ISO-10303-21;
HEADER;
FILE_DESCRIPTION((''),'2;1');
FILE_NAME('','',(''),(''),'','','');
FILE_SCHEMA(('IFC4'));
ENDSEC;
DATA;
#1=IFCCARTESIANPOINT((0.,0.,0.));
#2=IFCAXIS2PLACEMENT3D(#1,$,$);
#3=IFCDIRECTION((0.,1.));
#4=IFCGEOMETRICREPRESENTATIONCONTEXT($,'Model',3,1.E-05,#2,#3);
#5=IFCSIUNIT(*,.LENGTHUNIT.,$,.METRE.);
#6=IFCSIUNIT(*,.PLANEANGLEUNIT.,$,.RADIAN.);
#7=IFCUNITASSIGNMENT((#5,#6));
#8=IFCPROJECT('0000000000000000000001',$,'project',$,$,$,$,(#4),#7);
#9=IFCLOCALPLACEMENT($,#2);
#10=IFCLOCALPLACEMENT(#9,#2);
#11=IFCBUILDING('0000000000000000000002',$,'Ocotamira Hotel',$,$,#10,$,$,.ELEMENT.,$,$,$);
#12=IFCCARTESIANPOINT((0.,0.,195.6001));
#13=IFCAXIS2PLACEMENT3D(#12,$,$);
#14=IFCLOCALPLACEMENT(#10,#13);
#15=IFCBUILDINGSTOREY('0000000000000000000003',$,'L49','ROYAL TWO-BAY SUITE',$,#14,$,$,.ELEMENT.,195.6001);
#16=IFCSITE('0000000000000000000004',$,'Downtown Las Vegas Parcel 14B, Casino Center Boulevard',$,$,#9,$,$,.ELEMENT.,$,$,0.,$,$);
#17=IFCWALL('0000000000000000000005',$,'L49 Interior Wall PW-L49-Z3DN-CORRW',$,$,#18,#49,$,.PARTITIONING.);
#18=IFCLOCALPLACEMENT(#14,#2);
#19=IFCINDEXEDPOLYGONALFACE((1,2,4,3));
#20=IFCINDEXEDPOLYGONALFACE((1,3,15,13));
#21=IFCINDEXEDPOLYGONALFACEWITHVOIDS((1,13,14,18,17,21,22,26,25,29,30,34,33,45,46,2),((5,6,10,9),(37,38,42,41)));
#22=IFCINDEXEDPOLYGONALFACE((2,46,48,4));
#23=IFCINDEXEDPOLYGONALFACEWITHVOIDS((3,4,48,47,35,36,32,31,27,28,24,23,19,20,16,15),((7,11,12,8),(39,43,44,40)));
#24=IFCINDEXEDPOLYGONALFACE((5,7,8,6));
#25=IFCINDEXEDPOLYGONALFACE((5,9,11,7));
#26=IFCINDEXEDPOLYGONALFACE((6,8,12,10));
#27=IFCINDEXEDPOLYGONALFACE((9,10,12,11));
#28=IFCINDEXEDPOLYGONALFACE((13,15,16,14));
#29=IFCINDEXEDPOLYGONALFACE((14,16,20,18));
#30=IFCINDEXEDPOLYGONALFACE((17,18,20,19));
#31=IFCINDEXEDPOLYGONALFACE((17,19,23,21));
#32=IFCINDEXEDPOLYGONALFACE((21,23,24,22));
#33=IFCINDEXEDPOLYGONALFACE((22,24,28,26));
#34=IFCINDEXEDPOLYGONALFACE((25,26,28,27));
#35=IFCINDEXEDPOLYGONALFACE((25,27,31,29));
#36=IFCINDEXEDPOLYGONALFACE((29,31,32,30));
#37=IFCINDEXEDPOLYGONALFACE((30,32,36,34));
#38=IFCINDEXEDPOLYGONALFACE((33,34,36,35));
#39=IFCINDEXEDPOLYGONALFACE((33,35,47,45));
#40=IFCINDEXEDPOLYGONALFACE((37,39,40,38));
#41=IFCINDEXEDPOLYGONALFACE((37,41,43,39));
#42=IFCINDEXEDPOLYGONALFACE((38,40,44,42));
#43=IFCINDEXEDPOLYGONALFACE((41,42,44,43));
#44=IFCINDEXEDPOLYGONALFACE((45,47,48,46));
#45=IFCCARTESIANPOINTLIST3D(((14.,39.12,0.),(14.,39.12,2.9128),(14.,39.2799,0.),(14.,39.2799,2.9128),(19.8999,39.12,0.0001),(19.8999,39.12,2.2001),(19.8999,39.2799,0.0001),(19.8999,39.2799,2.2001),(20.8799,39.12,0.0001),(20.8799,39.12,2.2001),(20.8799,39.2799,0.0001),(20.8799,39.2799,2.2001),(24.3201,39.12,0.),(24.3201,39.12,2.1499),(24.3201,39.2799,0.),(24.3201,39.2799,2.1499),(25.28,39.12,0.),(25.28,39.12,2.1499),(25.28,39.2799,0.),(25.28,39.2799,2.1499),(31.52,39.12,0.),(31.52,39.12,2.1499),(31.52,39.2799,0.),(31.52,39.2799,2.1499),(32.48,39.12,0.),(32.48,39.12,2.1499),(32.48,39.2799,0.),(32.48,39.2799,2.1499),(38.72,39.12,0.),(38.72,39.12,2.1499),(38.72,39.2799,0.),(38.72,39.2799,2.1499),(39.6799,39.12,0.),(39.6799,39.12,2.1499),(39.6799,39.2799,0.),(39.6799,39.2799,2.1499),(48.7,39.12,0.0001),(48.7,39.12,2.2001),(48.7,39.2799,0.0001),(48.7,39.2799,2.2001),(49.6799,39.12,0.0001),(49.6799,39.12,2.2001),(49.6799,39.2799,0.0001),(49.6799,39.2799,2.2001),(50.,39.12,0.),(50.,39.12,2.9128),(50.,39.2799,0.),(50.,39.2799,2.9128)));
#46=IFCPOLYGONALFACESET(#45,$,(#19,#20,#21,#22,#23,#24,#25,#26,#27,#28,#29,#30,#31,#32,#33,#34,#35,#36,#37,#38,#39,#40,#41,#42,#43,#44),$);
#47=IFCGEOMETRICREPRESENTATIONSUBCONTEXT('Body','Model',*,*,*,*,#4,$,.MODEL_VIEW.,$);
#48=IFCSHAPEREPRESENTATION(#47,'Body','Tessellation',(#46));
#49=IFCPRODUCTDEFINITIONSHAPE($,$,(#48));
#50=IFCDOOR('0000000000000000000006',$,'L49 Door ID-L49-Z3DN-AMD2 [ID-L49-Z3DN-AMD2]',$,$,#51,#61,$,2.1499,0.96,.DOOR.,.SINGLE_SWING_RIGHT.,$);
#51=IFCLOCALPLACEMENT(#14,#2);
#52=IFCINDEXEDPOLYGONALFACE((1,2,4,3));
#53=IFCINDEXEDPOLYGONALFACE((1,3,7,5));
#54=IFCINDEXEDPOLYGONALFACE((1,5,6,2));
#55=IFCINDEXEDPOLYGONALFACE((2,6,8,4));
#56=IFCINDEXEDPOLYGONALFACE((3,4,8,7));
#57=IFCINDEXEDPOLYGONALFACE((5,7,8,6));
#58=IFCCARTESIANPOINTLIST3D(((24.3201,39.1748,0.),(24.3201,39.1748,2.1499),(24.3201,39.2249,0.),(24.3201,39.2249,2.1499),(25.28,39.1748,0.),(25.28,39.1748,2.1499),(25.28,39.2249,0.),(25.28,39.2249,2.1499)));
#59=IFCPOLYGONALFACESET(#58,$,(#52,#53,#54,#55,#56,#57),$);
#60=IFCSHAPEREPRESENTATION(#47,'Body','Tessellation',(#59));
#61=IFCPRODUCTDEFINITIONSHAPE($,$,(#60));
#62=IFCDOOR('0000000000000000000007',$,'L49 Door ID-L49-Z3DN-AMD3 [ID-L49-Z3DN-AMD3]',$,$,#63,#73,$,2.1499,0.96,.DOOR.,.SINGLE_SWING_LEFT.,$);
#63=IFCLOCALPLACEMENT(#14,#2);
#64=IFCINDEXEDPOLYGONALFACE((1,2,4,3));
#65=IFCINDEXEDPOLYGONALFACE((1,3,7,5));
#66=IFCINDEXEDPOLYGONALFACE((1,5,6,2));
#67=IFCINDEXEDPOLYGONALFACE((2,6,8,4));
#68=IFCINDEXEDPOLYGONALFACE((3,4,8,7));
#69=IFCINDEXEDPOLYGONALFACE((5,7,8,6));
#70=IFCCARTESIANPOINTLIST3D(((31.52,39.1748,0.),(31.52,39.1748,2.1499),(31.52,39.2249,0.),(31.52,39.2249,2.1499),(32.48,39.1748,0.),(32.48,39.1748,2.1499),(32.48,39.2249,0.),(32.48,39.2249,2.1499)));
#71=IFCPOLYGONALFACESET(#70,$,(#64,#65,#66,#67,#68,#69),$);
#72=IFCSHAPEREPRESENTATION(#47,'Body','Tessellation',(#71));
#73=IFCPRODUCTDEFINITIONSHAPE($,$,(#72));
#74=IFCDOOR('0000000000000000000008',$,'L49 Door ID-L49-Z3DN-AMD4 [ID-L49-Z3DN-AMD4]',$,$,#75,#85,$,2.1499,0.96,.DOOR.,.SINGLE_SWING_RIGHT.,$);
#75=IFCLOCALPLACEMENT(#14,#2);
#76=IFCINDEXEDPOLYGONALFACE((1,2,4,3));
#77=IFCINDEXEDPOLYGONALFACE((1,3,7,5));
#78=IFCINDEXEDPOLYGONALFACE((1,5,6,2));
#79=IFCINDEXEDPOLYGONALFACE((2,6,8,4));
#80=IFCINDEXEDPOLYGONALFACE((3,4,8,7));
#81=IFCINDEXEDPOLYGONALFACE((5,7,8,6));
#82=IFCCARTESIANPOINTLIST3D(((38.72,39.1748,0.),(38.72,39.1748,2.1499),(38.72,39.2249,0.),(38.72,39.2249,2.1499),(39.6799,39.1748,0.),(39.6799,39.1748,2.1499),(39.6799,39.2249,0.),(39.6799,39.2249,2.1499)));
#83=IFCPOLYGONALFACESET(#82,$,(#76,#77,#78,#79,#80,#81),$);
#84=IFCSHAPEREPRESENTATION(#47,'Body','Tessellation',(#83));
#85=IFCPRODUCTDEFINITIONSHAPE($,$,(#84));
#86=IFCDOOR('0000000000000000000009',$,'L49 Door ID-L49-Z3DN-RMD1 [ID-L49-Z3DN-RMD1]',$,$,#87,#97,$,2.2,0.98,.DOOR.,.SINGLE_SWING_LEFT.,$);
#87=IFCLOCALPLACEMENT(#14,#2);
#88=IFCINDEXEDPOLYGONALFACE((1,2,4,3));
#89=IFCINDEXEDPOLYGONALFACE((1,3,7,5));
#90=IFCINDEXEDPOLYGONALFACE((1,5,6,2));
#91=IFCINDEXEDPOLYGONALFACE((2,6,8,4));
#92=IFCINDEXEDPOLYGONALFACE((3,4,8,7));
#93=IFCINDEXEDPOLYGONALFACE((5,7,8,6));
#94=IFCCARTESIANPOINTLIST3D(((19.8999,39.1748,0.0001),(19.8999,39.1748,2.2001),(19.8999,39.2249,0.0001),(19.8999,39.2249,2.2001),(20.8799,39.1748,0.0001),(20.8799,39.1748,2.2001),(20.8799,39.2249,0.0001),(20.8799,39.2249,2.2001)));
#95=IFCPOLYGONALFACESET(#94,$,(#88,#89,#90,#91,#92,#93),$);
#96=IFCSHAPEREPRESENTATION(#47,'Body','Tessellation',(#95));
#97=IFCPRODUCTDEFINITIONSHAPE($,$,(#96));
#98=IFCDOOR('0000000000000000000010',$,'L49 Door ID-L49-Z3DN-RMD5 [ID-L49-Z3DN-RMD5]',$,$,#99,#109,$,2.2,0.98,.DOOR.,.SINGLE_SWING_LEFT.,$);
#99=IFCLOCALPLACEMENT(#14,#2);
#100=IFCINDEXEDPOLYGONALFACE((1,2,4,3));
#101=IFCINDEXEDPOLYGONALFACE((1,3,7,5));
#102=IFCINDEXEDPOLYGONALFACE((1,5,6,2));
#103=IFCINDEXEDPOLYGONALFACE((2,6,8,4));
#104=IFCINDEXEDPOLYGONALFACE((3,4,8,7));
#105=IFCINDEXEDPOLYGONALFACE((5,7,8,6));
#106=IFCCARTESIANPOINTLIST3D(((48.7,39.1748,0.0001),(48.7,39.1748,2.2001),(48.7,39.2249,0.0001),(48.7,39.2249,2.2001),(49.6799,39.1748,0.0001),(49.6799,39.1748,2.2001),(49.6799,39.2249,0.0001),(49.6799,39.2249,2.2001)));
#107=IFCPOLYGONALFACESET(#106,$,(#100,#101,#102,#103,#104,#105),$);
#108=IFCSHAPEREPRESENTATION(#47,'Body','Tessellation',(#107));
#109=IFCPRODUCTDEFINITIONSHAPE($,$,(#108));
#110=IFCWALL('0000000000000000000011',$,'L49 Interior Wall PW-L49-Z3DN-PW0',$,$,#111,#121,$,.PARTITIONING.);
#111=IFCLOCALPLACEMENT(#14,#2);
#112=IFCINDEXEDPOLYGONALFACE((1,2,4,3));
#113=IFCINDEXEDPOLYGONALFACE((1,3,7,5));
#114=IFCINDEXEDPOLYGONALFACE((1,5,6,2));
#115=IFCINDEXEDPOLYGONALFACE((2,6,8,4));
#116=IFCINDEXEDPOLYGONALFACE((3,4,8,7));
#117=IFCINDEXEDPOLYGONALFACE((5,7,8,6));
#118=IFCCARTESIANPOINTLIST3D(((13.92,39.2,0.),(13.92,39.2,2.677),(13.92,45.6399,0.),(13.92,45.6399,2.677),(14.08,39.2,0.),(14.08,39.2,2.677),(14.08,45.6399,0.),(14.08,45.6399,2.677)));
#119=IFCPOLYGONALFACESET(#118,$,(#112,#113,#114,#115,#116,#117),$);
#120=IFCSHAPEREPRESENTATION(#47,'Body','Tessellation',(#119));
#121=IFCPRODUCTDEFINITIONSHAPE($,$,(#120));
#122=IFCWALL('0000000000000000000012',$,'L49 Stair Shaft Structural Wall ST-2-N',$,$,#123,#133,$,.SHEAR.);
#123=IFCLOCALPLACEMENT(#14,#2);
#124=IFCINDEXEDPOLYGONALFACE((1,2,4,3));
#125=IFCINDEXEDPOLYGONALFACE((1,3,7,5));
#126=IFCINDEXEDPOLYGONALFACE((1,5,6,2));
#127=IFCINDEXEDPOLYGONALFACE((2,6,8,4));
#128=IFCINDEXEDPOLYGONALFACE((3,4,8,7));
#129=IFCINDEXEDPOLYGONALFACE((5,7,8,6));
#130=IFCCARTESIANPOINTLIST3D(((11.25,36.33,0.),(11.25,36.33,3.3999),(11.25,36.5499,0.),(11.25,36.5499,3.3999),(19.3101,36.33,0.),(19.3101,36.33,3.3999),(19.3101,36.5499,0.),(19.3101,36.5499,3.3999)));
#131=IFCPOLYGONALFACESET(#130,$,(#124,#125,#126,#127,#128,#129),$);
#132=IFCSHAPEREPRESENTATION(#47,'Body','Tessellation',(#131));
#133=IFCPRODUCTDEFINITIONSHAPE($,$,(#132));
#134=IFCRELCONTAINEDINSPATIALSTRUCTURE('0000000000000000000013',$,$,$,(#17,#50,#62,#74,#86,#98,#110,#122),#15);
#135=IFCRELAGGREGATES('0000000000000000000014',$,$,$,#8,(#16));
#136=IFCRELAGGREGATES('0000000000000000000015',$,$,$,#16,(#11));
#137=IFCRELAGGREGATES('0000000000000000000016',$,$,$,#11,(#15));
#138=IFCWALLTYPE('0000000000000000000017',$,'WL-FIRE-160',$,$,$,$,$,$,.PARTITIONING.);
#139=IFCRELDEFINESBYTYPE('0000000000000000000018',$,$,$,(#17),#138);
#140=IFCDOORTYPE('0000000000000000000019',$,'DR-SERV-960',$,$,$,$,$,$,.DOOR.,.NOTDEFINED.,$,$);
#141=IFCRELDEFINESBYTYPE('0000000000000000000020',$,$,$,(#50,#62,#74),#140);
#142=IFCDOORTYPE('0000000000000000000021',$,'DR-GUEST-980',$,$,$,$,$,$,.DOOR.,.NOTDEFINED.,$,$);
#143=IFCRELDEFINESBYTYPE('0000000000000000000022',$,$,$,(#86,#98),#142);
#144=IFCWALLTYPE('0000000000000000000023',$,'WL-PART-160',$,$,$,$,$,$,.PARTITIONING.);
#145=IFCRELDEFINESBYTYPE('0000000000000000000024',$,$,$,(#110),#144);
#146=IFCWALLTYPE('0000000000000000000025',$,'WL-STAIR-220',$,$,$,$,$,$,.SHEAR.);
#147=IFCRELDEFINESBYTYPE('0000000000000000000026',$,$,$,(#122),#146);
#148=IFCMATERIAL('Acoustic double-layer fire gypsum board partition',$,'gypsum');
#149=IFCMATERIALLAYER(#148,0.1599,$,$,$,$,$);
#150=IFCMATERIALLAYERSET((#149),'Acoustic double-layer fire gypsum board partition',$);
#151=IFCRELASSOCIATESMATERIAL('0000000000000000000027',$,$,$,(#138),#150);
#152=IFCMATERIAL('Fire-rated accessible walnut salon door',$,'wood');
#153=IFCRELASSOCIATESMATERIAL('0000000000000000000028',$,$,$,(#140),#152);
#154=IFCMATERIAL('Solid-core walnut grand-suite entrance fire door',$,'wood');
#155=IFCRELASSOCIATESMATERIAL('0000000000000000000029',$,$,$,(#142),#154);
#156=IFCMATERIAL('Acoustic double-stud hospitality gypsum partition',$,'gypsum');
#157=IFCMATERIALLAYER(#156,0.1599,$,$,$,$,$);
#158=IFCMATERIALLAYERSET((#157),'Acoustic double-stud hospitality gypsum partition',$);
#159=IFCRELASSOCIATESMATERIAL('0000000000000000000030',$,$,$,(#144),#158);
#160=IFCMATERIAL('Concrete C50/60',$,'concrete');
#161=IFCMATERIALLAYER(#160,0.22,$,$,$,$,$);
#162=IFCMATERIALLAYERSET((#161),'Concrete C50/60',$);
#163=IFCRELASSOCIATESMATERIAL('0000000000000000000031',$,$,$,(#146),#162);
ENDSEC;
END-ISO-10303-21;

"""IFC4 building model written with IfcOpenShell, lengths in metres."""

from ifc_helpers import new_model, si_unit, direction, frame, frame_2d, origin, place, context, subcontext, project, spatial, rectangle, extrude, source, transform, mapped, material, layer, layer_set, type_object, element, fill, save


model = new_model("IFC4")

# Units and contexts
model_context = context("Model", 3, precision=1e-05, world=origin(), true_north=direction((0.0, 1.0)))
body_context = subcontext(model_context, "Body", "Model", "MODEL_VIEW")
ifc_project = project(units=[si_unit("LENGTHUNIT", "METRE"), si_unit("PLANEANGLEUNIT", "RADIAN")], contexts=[model_context])

# Site, building, storey
site_placement = place(None, origin())
site = spatial("IfcSite", under=ifc_project, at=site_placement, Name="Downtown Las Vegas Parcel 14B, Casino Center Boulevard", CompositionType="ELEMENT", RefElevation=0.0)
building_placement = place(site_placement, origin())
building = spatial("IfcBuilding", under=site, at=building_placement, Name="Ocotamira Hotel", CompositionType="ELEMENT")
storey_placement = place(building_placement, frame((0.0, 0.0, 195.6001)))
storey = spatial("IfcBuildingStorey", under=building, at=storey_placement, Name="L49", Description="ROYAL TWO-BAY SUITE", CompositionType="ELEMENT", Elevation=195.6001)

# Shared definitions
ifc_material_1 = material(Name="Concrete C50/60", Category="concrete")
ifc_material_2 = material(Name="Acoustic double-layer fire gypsum board partition", Category="gypsum")
ifc_layer_1 = layer(ifc_material_2, 0.1599)
ifc_layer_set_1 = layer_set([ifc_layer_1], Name="Acoustic double-layer fire gypsum board partition")
wall_type_1 = type_object("IfcWallType", Name="WL-FIRE-160", PredefinedType="PARTITIONING", material=ifc_layer_set_1)
ifc_material_3 = material(Name="Fire-rated accessible walnut salon door", Category="wood")
door_type_1 = type_object("IfcDoorType", Name="DR-SERV-960", OperationType="NOTDEFINED", PredefinedType="DOOR", material=ifc_material_3)
shared_shape_1 = source(origin(), body_context, "Body", "SweptSolid", [
    extrude(rectangle(XDim=0.96, YDim=2.1499, at=frame_2d((0.48, 1.075))), frame((0.0, 0.0249, 0.0), z_axis=(0.0, -1.0, 0.0), x_axis=(1.0, 0.0, 0.0)), (0.0, 0.0, 1.0), 0.05),
])

# Wall, openings, doors
wall_1_placement = place(storey_placement, frame((14.0, 39.2, 0.0), z_axis=(0.0, 0.0, 1.0), x_axis=(1.0, 0.0, 0.0)))
wall_1 = element("IfcWall", 1, at=wall_1_placement, inside=storey, type_object=wall_type_1, Name="L49 Interior Wall PW-L49-Z3DN-CORRW", PredefinedType="PARTITIONING", context=body_context, shape_type="SweptSolid", body=[
    extrude(rectangle(XDim=36.0, YDim=0.1599, at=frame_2d((18.0, 0.0))), origin(), (0.0, 0.0, 1.0), 2.9128),
])
opening_1_placement = place(wall_1_placement, frame((5.8999, 0.0, 0.0)))
opening_1 = element("IfcOpeningElement", 2, at=opening_1_placement, cuts=wall_1, PredefinedType="OPENING", context=body_context, shape_type="SweptSolid", body=[
    extrude(rectangle(XDim=0.98, YDim=2.2, at=frame_2d((0.49, 1.1001))), frame((0.0, 0.0898, 0.0), z_axis=(0.0, -1.0, 0.0), x_axis=(1.0, 0.0, 0.0)), (0.0, 0.0, 1.0), 0.1799),
])
opening_2_placement = place(wall_1_placement, frame((10.3201, 0.0, 0.0)))
opening_2 = element("IfcOpeningElement", 3, at=opening_2_placement, cuts=wall_1, PredefinedType="OPENING", context=body_context, shape_type="SweptSolid", body=[
    extrude(rectangle(XDim=0.96, YDim=2.1499, at=frame_2d((0.48, 1.075))), frame((0.0, 0.0898, 0.0), z_axis=(0.0, -1.0, 0.0), x_axis=(1.0, 0.0, 0.0)), (0.0, 0.0, 1.0), 0.1799),
])
opening_3_placement = place(wall_1_placement, frame((17.52, 0.0, 0.0)))
opening_3 = element("IfcOpeningElement", 4, at=opening_3_placement, cuts=wall_1, PredefinedType="OPENING", context=body_context, shape_type="SweptSolid", body=[
    extrude(rectangle(XDim=0.96, YDim=2.1499, at=frame_2d((0.48, 1.075))), frame((0.0, 0.0898, 0.0), z_axis=(0.0, -1.0, 0.0), x_axis=(1.0, 0.0, 0.0)), (0.0, 0.0, 1.0), 0.1799),
])
opening_4_placement = place(wall_1_placement, frame((24.72, 0.0, 0.0)))
opening_4 = element("IfcOpeningElement", 5, at=opening_4_placement, cuts=wall_1, PredefinedType="OPENING", context=body_context, shape_type="SweptSolid", body=[
    extrude(rectangle(XDim=0.96, YDim=2.1499, at=frame_2d((0.48, 1.075))), frame((0.0, 0.0898, 0.0), z_axis=(0.0, -1.0, 0.0), x_axis=(1.0, 0.0, 0.0)), (0.0, 0.0, 1.0), 0.1799),
])
opening_5_placement = place(wall_1_placement, frame((34.7, 0.0, 0.0)))
opening_5 = element("IfcOpeningElement", 6, at=opening_5_placement, cuts=wall_1, PredefinedType="OPENING", context=body_context, shape_type="SweptSolid", body=[
    extrude(rectangle(XDim=0.98, YDim=2.2, at=frame_2d((0.49, 1.1001))), frame((0.0, 0.0898, 0.0), z_axis=(0.0, -1.0, 0.0), x_axis=(1.0, 0.0, 0.0)), (0.0, 0.0, 1.0), 0.1799),
])
door_1_placement = place(opening_2_placement, origin())
door_1 = element("IfcDoor", 7, at=door_1_placement, inside=storey, type_object=door_type_1, Name="L49 Door ID-L49-Z3DN-AMD2 [ID-L49-Z3DN-AMD2]", OperationType="SINGLE_SWING_RIGHT", OverallHeight=2.1499, OverallWidth=0.96, PredefinedType="DOOR", context=body_context, shape_type="MappedRepresentation", body=[
    mapped(shared_shape_1, transform((0.0, 0.0, 0.0), scale=1.0)),
])
fill(opening_2, door_1)
door_2_placement = place(opening_3_placement, origin())
door_2 = element("IfcDoor", 8, at=door_2_placement, inside=storey, type_object=door_type_1, Name="L49 Door ID-L49-Z3DN-AMD3 [ID-L49-Z3DN-AMD3]", OperationType="SINGLE_SWING_LEFT", OverallHeight=2.1499, OverallWidth=0.96, PredefinedType="DOOR", context=body_context, shape_type="MappedRepresentation", body=[
    mapped(shared_shape_1, transform((0.0, 0.0, 0.0), scale=1.0)),
])
fill(opening_3, door_2)
door_3_placement = place(opening_4_placement, origin())
door_3 = element("IfcDoor", 9, at=door_3_placement, inside=storey, type_object=door_type_1, Name="L49 Door ID-L49-Z3DN-AMD4 [ID-L49-Z3DN-AMD4]", OperationType="SINGLE_SWING_RIGHT", OverallHeight=2.1499, OverallWidth=0.96, PredefinedType="DOOR", context=body_context, shape_type="MappedRepresentation", body=[
    mapped(shared_shape_1, transform((0.0, 0.0, 0.0), scale=1.0)),
])
fill(opening_4, door_3)
ifc_material_4 = material(Name="Solid-core walnut grand-suite entrance fire door", Category="wood")
door_type_2 = type_object("IfcDoorType", Name="DR-GUEST-980", OperationType="NOTDEFINED", PredefinedType="DOOR", material=ifc_material_4)
shared_shape_2 = source(origin(), body_context, "Body", "SweptSolid", [
    extrude(rectangle(XDim=0.98, YDim=2.2, at=frame_2d((0.49, 1.1001))), frame((0.0, 0.0249, 0.0), z_axis=(0.0, -1.0, 0.0), x_axis=(1.0, 0.0, 0.0)), (0.0, 0.0, 1.0), 0.05),
])
door_4_placement = place(opening_1_placement, origin())
door_4 = element("IfcDoor", 10, at=door_4_placement, inside=storey, type_object=door_type_2, Name="L49 Door ID-L49-Z3DN-RMD1 [ID-L49-Z3DN-RMD1]", OperationType="SINGLE_SWING_LEFT", OverallHeight=2.2, OverallWidth=0.98, PredefinedType="DOOR", context=body_context, shape_type="MappedRepresentation", body=[
    mapped(shared_shape_2, transform((0.0, 0.0, 0.0), scale=1.0)),
])
fill(opening_1, door_4)
door_5_placement = place(opening_5_placement, origin())
door_5 = element("IfcDoor", 11, at=door_5_placement, inside=storey, type_object=door_type_2, Name="L49 Door ID-L49-Z3DN-RMD5 [ID-L49-Z3DN-RMD5]", OperationType="SINGLE_SWING_LEFT", OverallHeight=2.2, OverallWidth=0.98, PredefinedType="DOOR", context=body_context, shape_type="MappedRepresentation", body=[
    mapped(shared_shape_2, transform((0.0, 0.0, 0.0), scale=1.0)),
])
fill(opening_5, door_5)

# Walls
ifc_material_5 = material(Name="Acoustic double-stud hospitality gypsum partition", Category="gypsum")
ifc_layer_2 = layer(ifc_material_5, 0.1599)
ifc_layer_set_2 = layer_set([ifc_layer_2], Name="Acoustic double-stud hospitality gypsum partition")
wall_type_2 = type_object("IfcWallType", Name="WL-PART-160", PredefinedType="PARTITIONING", material=ifc_layer_set_2)
wall_2_placement = place(storey_placement, frame((14.0, 39.2, 0.0), z_axis=(0.0, 0.0, 1.0), x_axis=(0.0, 1.0, 0.0)))
element("IfcWall", 12, at=wall_2_placement, inside=storey, type_object=wall_type_2, Name="L49 Interior Wall PW-L49-Z3DN-PW0", PredefinedType="PARTITIONING", context=body_context, shape_type="SweptSolid", body=[
    extrude(rectangle(XDim=6.4399, YDim=0.1599, at=frame_2d((3.22, 0.0))), origin(), (0.0, 0.0, 1.0), 2.677),
])
ifc_layer_3 = layer(ifc_material_1, 0.22)
ifc_layer_set_3 = layer_set([ifc_layer_3], Name="Concrete C50/60")
wall_type_3 = type_object("IfcWallType", Name="WL-STAIR-220", PredefinedType="SHEAR", material=ifc_layer_set_3)
wall_3_placement = place(storey_placement, frame((11.25, 36.4399, 0.0), z_axis=(0.0, 0.0, 1.0), x_axis=(1.0, 0.0, 0.0)))
element("IfcWall", 13, at=wall_3_placement, inside=storey, type_object=wall_type_3, Name="L49 Stair Shaft Structural Wall ST-2-N", PredefinedType="SHEAR", context=body_context, shape_type="SweptSolid", body=[
    extrude(rectangle(XDim=8.0601, YDim=0.22, at=frame_2d((4.03, 0.0))), origin(), (0.0, 0.0, 1.0), 3.3999),
])

save(model, "model.ifc")
